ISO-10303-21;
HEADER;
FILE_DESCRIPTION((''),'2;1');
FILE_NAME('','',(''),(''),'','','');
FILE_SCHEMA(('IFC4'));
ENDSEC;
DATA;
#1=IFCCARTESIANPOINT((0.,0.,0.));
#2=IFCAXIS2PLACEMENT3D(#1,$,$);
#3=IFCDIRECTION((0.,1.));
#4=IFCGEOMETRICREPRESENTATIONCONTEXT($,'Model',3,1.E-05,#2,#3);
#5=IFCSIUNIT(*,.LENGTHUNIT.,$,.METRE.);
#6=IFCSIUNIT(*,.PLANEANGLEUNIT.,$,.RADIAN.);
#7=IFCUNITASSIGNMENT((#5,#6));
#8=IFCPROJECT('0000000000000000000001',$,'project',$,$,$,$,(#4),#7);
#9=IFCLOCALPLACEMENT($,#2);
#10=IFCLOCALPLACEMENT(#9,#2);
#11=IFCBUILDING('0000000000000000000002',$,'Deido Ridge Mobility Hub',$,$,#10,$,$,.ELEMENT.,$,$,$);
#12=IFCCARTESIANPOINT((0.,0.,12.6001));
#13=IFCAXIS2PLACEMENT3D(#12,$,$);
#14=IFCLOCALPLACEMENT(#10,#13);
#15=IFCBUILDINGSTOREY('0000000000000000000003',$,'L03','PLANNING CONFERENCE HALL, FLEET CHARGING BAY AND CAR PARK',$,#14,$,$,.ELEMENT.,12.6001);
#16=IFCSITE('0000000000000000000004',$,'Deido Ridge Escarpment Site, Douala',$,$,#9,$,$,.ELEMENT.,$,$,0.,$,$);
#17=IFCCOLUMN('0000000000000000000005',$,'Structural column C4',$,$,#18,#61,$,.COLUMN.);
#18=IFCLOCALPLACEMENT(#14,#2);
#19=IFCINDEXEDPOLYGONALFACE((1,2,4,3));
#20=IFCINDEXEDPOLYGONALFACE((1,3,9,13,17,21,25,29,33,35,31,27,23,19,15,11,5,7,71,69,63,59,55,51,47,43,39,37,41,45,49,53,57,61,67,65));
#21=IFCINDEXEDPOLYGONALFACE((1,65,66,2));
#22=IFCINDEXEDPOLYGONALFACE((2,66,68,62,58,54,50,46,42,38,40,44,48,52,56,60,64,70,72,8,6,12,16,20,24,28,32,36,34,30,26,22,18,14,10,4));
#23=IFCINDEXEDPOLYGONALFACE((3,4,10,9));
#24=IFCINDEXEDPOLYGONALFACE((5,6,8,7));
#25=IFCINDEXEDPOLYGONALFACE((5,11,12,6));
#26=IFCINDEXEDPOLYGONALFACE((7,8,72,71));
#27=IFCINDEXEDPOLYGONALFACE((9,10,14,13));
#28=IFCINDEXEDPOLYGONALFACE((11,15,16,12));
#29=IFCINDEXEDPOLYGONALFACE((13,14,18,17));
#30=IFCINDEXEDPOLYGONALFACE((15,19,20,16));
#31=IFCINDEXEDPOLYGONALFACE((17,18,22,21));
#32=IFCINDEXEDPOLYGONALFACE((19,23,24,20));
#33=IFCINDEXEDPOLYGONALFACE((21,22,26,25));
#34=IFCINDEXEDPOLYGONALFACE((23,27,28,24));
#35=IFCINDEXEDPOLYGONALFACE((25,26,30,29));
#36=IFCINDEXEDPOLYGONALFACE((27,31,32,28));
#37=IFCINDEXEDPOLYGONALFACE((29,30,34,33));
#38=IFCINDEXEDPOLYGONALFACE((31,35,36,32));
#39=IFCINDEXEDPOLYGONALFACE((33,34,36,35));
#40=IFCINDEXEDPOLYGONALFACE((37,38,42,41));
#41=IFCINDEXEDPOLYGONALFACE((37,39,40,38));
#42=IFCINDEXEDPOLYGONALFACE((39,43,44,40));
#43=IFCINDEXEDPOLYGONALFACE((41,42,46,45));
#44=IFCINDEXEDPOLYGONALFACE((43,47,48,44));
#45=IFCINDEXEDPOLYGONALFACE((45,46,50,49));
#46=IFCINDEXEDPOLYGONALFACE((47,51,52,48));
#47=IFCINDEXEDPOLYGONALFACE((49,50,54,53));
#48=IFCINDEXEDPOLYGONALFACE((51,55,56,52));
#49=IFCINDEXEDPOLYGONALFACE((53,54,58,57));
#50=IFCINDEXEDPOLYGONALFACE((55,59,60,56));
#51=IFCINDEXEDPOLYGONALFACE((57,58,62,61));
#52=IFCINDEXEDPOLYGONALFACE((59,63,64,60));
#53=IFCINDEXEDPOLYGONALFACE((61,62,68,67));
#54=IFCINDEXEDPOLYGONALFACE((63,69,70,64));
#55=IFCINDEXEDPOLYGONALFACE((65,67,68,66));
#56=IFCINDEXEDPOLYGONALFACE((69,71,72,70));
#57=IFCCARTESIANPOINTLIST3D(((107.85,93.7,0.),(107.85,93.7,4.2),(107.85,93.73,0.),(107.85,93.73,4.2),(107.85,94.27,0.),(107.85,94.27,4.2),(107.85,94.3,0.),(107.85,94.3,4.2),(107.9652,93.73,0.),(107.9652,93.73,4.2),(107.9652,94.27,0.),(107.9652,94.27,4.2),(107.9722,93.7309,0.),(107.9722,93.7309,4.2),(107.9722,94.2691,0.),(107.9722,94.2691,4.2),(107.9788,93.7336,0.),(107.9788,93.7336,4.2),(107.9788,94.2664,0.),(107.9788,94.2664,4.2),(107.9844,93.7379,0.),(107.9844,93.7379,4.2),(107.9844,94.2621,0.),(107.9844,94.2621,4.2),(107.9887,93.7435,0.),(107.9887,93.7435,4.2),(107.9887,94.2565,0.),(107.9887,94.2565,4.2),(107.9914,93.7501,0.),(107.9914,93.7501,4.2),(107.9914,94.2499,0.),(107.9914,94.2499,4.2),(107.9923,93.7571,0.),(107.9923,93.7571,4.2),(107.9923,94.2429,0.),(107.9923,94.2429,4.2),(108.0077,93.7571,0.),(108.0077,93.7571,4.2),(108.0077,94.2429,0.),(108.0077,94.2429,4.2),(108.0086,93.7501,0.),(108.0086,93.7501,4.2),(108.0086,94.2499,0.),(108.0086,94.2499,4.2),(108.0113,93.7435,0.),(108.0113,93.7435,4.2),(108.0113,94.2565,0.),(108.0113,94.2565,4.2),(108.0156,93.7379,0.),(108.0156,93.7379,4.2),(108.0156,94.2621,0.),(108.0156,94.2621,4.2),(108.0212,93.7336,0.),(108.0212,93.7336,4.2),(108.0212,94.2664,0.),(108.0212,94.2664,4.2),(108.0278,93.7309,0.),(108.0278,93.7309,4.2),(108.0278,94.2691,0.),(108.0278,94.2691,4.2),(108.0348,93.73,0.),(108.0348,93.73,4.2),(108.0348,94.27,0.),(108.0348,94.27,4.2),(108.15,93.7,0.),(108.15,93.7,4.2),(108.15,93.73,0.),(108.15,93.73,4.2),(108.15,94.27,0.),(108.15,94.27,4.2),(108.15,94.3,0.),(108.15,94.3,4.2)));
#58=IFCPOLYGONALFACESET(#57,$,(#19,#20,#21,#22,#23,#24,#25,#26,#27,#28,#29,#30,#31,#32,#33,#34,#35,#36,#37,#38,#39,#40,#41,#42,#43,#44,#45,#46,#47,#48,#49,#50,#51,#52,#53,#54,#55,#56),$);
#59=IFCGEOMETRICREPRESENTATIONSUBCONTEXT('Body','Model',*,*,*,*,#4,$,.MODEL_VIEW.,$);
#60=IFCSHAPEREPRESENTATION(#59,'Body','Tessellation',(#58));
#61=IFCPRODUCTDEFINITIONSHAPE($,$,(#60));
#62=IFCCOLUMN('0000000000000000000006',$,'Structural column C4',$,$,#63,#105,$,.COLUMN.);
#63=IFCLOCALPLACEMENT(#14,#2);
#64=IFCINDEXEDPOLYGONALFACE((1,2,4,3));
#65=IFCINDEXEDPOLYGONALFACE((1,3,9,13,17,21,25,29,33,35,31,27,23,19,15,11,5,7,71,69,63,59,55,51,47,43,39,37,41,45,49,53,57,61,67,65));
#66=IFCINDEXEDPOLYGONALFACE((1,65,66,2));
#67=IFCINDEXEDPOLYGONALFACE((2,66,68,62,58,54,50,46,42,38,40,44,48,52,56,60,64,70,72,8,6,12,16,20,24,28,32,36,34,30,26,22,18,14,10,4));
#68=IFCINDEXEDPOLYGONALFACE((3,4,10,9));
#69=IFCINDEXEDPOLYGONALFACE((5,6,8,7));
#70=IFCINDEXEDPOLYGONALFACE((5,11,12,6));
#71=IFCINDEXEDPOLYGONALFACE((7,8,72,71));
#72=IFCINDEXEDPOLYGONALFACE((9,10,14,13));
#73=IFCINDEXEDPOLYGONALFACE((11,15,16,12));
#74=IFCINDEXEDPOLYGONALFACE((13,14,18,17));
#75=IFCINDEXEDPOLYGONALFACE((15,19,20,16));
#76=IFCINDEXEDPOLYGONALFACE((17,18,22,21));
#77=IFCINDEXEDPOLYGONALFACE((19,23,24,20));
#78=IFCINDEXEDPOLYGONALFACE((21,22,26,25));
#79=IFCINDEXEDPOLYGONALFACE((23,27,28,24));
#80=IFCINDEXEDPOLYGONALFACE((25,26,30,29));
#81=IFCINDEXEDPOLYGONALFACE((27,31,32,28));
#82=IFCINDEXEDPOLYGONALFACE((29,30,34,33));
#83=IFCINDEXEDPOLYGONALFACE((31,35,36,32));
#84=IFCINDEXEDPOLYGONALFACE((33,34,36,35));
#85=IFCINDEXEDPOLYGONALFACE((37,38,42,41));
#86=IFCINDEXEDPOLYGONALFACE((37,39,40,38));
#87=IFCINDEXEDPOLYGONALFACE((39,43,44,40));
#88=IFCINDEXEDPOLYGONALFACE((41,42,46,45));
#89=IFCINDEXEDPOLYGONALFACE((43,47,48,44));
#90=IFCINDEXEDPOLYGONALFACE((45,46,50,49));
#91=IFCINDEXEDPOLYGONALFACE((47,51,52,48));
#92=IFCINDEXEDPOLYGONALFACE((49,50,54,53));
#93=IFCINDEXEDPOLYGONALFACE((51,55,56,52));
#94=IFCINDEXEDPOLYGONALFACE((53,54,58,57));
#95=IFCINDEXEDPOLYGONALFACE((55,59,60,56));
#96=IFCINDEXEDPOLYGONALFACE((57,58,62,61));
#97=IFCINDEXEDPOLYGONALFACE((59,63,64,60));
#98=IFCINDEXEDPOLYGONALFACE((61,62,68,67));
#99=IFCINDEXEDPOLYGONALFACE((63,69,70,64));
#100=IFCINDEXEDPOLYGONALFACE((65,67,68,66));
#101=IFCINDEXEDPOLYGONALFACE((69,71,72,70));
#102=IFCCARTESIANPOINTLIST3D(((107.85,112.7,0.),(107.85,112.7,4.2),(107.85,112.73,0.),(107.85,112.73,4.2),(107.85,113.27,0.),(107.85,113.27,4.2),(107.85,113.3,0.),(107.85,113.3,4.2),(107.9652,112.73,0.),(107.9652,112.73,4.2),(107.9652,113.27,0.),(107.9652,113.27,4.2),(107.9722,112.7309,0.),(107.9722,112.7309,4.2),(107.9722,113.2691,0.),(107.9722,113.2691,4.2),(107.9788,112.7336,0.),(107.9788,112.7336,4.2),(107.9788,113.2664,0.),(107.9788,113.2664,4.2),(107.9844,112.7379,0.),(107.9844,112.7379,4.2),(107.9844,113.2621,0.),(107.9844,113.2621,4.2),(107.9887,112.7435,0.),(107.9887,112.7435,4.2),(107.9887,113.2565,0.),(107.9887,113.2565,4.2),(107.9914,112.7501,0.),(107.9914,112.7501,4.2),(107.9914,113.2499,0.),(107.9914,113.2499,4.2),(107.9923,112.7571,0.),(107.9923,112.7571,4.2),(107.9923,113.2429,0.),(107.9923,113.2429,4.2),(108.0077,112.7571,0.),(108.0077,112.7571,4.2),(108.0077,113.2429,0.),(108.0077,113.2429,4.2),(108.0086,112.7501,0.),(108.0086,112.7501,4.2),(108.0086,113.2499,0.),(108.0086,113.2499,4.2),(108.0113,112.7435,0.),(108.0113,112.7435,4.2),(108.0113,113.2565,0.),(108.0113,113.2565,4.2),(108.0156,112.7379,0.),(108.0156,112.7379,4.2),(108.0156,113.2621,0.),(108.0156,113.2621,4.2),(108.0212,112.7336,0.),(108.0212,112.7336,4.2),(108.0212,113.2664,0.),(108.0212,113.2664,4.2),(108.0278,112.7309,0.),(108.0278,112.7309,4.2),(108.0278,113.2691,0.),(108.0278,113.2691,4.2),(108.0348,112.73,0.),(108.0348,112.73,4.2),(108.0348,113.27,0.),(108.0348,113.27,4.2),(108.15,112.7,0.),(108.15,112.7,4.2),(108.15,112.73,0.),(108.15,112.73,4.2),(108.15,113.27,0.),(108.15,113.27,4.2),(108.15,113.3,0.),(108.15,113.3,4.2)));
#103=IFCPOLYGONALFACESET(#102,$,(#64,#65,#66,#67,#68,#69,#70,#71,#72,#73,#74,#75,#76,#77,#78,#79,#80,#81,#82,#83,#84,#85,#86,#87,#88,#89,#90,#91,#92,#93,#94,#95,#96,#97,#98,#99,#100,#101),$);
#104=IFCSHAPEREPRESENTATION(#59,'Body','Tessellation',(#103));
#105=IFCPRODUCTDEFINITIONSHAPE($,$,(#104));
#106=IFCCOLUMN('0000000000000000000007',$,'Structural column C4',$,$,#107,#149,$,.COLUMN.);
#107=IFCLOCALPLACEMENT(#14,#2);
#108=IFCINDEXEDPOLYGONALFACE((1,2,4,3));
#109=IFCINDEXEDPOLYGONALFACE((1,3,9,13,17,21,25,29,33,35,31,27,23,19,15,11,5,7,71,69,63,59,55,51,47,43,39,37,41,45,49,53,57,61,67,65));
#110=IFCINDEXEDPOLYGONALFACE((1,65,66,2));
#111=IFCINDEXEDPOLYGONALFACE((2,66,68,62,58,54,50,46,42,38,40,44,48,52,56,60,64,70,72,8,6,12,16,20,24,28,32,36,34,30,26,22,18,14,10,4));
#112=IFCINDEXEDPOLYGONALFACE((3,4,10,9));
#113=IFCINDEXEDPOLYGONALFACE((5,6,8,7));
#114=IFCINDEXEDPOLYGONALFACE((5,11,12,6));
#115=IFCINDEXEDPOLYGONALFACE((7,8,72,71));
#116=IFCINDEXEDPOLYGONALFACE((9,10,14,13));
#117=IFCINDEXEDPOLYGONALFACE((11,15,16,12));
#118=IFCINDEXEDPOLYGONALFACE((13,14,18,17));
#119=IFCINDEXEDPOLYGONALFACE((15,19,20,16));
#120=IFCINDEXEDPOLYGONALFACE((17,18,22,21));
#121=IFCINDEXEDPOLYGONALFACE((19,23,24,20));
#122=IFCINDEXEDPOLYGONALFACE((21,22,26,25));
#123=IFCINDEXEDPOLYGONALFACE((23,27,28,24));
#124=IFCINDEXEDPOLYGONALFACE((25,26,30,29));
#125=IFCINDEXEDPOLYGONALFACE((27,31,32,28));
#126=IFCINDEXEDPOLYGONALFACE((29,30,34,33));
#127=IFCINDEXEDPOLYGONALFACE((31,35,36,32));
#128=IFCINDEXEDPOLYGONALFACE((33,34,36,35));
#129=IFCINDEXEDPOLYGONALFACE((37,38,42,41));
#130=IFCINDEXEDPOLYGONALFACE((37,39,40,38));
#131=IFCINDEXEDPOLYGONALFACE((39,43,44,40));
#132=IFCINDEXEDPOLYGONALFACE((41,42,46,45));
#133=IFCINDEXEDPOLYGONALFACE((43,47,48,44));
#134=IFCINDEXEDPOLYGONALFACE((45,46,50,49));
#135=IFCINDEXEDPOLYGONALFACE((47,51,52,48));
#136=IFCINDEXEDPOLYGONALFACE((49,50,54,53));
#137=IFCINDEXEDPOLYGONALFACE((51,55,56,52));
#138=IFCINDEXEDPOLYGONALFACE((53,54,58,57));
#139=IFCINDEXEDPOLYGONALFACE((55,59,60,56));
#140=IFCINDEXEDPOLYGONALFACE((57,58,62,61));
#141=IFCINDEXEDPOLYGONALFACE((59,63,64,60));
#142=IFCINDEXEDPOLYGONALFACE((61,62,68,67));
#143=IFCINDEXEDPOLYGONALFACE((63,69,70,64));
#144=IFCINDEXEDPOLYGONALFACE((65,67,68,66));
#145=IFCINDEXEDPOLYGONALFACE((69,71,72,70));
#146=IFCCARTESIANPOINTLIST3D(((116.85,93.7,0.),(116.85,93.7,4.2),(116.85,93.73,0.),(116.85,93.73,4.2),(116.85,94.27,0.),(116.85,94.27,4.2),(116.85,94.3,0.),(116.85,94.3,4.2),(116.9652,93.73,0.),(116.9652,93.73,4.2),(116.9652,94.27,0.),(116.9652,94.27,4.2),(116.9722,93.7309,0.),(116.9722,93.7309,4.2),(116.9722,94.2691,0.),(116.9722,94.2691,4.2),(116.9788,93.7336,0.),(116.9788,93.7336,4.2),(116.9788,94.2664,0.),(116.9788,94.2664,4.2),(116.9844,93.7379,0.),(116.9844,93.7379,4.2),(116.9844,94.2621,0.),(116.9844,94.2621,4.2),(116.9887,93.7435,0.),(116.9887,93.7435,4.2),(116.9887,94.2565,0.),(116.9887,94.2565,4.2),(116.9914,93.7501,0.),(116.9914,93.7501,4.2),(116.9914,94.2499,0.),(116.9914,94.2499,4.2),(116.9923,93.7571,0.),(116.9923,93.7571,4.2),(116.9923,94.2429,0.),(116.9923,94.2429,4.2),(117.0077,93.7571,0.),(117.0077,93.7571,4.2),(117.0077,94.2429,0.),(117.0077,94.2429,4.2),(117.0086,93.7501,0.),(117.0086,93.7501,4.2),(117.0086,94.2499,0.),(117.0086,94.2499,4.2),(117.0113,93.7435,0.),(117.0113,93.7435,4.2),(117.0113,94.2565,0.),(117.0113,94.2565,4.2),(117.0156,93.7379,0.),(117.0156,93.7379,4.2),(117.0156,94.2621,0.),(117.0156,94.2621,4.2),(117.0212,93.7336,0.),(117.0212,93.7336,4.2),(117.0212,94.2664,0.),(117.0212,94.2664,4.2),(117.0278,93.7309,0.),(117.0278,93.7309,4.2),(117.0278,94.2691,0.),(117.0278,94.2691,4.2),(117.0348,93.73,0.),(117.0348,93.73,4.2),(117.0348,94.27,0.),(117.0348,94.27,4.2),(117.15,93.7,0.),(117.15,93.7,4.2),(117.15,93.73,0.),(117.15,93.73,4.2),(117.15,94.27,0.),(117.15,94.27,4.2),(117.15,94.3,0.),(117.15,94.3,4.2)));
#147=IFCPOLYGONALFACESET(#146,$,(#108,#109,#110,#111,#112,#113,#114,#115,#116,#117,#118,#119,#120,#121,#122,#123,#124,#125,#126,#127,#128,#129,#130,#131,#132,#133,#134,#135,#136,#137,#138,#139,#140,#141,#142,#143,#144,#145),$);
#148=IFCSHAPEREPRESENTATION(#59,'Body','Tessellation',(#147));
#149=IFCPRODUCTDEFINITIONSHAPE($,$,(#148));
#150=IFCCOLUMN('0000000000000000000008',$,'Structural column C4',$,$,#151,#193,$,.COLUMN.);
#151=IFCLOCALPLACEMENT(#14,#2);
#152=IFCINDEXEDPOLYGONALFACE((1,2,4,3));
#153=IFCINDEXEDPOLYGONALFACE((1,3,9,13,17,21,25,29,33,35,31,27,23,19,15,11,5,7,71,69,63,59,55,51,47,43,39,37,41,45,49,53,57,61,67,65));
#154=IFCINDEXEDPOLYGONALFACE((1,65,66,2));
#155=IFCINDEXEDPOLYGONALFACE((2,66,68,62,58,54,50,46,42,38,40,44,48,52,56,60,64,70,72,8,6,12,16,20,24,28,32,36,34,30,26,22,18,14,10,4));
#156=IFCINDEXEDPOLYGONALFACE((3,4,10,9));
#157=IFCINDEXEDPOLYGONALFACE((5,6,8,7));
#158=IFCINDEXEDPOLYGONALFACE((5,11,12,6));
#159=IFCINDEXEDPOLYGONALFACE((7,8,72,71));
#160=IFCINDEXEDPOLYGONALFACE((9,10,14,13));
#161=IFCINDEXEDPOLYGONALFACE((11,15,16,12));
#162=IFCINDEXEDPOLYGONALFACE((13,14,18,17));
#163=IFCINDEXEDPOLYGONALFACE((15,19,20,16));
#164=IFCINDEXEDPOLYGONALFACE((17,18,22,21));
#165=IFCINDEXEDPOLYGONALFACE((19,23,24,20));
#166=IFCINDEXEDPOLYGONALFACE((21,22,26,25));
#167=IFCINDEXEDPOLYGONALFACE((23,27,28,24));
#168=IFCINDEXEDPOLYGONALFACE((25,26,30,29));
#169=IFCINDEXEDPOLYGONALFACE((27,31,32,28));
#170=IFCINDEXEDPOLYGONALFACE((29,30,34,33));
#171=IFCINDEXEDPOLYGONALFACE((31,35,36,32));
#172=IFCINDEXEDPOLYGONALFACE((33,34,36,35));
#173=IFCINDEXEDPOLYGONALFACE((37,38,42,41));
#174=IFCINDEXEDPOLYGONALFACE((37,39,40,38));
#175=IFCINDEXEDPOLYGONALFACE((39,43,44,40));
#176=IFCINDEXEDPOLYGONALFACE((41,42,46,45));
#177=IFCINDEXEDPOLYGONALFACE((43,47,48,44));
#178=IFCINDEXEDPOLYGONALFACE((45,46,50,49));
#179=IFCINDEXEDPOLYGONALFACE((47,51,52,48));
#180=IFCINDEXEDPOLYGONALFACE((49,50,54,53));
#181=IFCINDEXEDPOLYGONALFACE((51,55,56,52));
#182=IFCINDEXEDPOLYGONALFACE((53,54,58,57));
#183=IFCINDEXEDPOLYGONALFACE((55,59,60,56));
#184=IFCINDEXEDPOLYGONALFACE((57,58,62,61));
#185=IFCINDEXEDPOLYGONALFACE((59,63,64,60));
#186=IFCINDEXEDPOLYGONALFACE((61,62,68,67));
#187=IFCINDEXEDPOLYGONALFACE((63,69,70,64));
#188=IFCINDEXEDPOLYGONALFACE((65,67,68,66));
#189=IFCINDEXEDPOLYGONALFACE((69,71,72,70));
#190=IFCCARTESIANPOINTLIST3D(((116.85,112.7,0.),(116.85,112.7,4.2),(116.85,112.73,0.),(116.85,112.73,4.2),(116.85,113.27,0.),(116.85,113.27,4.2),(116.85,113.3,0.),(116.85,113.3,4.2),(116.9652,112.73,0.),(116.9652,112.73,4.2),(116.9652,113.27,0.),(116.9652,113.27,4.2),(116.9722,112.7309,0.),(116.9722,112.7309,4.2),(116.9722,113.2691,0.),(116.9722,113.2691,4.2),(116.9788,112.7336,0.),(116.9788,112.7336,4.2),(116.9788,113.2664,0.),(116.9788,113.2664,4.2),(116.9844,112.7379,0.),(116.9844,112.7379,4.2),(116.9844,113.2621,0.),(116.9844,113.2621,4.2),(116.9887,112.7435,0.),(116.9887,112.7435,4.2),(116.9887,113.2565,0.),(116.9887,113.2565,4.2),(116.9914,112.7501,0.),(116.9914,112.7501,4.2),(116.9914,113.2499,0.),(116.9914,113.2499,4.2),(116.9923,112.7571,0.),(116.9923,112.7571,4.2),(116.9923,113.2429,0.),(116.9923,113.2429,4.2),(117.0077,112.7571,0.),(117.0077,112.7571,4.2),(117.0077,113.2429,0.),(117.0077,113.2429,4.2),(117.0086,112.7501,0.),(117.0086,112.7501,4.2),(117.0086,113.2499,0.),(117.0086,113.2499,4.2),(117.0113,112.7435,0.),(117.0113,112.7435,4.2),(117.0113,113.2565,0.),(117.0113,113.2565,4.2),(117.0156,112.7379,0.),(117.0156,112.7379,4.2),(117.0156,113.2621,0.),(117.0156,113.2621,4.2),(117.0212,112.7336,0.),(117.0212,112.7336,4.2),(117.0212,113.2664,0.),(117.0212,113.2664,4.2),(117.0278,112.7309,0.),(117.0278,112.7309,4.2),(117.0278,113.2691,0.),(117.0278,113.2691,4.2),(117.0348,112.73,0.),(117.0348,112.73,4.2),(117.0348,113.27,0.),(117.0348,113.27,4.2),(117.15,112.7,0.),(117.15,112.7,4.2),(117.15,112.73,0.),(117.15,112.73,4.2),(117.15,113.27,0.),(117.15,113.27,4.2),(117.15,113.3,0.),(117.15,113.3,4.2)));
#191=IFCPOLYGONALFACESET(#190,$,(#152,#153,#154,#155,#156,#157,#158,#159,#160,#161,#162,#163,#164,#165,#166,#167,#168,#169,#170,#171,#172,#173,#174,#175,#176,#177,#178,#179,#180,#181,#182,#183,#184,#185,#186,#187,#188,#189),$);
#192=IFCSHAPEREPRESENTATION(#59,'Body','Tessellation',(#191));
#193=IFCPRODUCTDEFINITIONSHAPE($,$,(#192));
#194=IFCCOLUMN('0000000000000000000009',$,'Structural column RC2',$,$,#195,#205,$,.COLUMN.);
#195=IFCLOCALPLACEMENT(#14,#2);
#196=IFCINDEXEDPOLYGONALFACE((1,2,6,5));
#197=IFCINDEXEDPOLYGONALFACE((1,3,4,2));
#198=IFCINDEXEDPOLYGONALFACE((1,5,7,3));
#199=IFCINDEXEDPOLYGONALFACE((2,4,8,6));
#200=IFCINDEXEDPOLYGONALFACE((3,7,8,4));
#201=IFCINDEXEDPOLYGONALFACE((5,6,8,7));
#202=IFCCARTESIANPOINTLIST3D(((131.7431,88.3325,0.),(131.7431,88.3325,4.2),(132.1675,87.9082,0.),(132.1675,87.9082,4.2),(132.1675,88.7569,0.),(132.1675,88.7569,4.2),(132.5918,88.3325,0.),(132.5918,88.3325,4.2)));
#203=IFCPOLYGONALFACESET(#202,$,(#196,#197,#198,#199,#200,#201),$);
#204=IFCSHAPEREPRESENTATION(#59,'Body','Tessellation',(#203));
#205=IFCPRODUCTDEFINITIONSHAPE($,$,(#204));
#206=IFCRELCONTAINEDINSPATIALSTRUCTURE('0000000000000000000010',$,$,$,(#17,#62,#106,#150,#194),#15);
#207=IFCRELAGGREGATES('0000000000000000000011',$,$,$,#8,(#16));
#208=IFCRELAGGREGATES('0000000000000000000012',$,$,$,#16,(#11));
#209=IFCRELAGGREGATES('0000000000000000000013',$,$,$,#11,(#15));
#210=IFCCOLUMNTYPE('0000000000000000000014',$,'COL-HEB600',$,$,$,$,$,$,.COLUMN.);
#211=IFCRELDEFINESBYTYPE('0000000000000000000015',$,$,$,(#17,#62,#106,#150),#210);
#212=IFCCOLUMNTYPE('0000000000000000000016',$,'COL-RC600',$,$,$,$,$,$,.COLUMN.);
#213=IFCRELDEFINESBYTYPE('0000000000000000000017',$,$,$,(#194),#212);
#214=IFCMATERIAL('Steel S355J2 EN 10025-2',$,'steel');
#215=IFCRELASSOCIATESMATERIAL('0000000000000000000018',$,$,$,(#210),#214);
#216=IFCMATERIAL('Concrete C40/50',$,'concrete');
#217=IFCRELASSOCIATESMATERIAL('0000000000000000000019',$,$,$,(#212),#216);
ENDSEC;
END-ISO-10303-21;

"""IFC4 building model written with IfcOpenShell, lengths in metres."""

from ifc_helpers import new_model, si_unit, direction, frame, origin, origin_2d, place, context, subcontext, project, spatial, rectangle, i_section, extrude, material, material_profile, profile_set, type_object, element, save


model = new_model("IFC4")

# Units and contexts
model_context = context("Model", 3, precision=1e-05, world=origin(), true_north=direction((0.0, 1.0)))
body_context = subcontext(model_context, "Body", "Model", "MODEL_VIEW")
ifc_project = project(units=[si_unit("LENGTHUNIT", "METRE"), si_unit("PLANEANGLEUNIT", "RADIAN")], contexts=[model_context])

# Site, building, storey
site_placement = place(None, origin())
site = spatial("IfcSite", under=ifc_project, at=site_placement, Name="Deido Ridge Escarpment Site, Douala", CompositionType="ELEMENT", RefElevation=0.0)
building_placement = place(site_placement, origin())
building = spatial("IfcBuilding", under=site, at=building_placement, Name="Deido Ridge Mobility Hub", CompositionType="ELEMENT")
storey_placement = place(building_placement, frame((0.0, 0.0, 12.6001)))
storey = spatial("IfcBuildingStorey", under=building, at=storey_placement, Name="L03", Description="PLANNING CONFERENCE HALL, FLEET CHARGING BAY AND CAR PARK", CompositionType="ELEMENT", Elevation=12.6001)

# Columns
ifc_material_1 = material(Name="Steel S355J2 EN 10025-2", Category="steel")
ifc_material_profile_1 = material_profile(ifc_material_1, i_section(OverallWidth=0.3, OverallDepth=0.6001, WebThickness=0.0154, FlangeThickness=0.03, FilletRadius=0.0271, at=origin_2d()), Name="HEB 600")
ifc_profile_set_1 = profile_set([ifc_material_profile_1], Name="Steel S355J2 EN 10025-2")
column_type_1 = type_object("IfcColumnType", Name="COL-HEB600", PredefinedType="COLUMN", material=ifc_profile_set_1)
for number, where, z_axis, x_axis, name in (
    (1, (108.0, 94.0, 0.0), (0.0, 0.0, 1.0), (1.0, 0.0, 0.0), "Structural column C4"),
    (2, (108.0, 113.0, 0.0), (0.0, 0.0, 1.0), (1.0, 0.0, 0.0), "Structural column C4"),
    (3, (117.0, 94.0, 0.0), (0.0, 0.0, 1.0), (1.0, 0.0, 0.0), "Structural column C4"),
    (4, (117.0, 113.0, 0.0), (0.0, 0.0, 1.0), (1.0, 0.0, 0.0), "Structural column C4"),
):
    element("IfcColumn", number, at=place(storey_placement, frame(where, z_axis=z_axis, x_axis=x_axis)), inside=storey, type_object=column_type_1, Name=name, PredefinedType="COLUMN", context=body_context, shape_type="SweptSolid", body=[
        extrude(i_section(OverallWidth=0.3, OverallDepth=0.6001, WebThickness=0.0154, FlangeThickness=0.03, FilletRadius=0.0271, at=origin_2d()), origin(), (0.0, 0.0, 1.0), 4.2),
    ])
ifc_material_2 = material(Name="Concrete C40/50", Category="concrete")
ifc_material_profile_2 = material_profile(ifc_material_2, rectangle(XDim=0.6001, YDim=0.6001, at=origin_2d()), Name="RC COL 600x600")
ifc_profile_set_2 = profile_set([ifc_material_profile_2], Name="Concrete C40/50")
column_type_2 = type_object("IfcColumnType", Name="COL-RC600", PredefinedType="COLUMN", material=ifc_profile_set_2)
column_placement = place(storey_placement, frame((132.1675, 88.3325, 0.0), z_axis=(0.0, 0.0, 1.0), x_axis=(0.707107, -0.707107, 0.0)))
element("IfcColumn", 5, at=column_placement, inside=storey, type_object=column_type_2, Name="Structural column RC2", PredefinedType="COLUMN", context=body_context, shape_type="SweptSolid", body=[
    extrude(rectangle(XDim=0.6001, YDim=0.6001, at=origin_2d()), origin(), (0.0, 0.0, 1.0), 4.2),
])

save(model, "model.ifc")
